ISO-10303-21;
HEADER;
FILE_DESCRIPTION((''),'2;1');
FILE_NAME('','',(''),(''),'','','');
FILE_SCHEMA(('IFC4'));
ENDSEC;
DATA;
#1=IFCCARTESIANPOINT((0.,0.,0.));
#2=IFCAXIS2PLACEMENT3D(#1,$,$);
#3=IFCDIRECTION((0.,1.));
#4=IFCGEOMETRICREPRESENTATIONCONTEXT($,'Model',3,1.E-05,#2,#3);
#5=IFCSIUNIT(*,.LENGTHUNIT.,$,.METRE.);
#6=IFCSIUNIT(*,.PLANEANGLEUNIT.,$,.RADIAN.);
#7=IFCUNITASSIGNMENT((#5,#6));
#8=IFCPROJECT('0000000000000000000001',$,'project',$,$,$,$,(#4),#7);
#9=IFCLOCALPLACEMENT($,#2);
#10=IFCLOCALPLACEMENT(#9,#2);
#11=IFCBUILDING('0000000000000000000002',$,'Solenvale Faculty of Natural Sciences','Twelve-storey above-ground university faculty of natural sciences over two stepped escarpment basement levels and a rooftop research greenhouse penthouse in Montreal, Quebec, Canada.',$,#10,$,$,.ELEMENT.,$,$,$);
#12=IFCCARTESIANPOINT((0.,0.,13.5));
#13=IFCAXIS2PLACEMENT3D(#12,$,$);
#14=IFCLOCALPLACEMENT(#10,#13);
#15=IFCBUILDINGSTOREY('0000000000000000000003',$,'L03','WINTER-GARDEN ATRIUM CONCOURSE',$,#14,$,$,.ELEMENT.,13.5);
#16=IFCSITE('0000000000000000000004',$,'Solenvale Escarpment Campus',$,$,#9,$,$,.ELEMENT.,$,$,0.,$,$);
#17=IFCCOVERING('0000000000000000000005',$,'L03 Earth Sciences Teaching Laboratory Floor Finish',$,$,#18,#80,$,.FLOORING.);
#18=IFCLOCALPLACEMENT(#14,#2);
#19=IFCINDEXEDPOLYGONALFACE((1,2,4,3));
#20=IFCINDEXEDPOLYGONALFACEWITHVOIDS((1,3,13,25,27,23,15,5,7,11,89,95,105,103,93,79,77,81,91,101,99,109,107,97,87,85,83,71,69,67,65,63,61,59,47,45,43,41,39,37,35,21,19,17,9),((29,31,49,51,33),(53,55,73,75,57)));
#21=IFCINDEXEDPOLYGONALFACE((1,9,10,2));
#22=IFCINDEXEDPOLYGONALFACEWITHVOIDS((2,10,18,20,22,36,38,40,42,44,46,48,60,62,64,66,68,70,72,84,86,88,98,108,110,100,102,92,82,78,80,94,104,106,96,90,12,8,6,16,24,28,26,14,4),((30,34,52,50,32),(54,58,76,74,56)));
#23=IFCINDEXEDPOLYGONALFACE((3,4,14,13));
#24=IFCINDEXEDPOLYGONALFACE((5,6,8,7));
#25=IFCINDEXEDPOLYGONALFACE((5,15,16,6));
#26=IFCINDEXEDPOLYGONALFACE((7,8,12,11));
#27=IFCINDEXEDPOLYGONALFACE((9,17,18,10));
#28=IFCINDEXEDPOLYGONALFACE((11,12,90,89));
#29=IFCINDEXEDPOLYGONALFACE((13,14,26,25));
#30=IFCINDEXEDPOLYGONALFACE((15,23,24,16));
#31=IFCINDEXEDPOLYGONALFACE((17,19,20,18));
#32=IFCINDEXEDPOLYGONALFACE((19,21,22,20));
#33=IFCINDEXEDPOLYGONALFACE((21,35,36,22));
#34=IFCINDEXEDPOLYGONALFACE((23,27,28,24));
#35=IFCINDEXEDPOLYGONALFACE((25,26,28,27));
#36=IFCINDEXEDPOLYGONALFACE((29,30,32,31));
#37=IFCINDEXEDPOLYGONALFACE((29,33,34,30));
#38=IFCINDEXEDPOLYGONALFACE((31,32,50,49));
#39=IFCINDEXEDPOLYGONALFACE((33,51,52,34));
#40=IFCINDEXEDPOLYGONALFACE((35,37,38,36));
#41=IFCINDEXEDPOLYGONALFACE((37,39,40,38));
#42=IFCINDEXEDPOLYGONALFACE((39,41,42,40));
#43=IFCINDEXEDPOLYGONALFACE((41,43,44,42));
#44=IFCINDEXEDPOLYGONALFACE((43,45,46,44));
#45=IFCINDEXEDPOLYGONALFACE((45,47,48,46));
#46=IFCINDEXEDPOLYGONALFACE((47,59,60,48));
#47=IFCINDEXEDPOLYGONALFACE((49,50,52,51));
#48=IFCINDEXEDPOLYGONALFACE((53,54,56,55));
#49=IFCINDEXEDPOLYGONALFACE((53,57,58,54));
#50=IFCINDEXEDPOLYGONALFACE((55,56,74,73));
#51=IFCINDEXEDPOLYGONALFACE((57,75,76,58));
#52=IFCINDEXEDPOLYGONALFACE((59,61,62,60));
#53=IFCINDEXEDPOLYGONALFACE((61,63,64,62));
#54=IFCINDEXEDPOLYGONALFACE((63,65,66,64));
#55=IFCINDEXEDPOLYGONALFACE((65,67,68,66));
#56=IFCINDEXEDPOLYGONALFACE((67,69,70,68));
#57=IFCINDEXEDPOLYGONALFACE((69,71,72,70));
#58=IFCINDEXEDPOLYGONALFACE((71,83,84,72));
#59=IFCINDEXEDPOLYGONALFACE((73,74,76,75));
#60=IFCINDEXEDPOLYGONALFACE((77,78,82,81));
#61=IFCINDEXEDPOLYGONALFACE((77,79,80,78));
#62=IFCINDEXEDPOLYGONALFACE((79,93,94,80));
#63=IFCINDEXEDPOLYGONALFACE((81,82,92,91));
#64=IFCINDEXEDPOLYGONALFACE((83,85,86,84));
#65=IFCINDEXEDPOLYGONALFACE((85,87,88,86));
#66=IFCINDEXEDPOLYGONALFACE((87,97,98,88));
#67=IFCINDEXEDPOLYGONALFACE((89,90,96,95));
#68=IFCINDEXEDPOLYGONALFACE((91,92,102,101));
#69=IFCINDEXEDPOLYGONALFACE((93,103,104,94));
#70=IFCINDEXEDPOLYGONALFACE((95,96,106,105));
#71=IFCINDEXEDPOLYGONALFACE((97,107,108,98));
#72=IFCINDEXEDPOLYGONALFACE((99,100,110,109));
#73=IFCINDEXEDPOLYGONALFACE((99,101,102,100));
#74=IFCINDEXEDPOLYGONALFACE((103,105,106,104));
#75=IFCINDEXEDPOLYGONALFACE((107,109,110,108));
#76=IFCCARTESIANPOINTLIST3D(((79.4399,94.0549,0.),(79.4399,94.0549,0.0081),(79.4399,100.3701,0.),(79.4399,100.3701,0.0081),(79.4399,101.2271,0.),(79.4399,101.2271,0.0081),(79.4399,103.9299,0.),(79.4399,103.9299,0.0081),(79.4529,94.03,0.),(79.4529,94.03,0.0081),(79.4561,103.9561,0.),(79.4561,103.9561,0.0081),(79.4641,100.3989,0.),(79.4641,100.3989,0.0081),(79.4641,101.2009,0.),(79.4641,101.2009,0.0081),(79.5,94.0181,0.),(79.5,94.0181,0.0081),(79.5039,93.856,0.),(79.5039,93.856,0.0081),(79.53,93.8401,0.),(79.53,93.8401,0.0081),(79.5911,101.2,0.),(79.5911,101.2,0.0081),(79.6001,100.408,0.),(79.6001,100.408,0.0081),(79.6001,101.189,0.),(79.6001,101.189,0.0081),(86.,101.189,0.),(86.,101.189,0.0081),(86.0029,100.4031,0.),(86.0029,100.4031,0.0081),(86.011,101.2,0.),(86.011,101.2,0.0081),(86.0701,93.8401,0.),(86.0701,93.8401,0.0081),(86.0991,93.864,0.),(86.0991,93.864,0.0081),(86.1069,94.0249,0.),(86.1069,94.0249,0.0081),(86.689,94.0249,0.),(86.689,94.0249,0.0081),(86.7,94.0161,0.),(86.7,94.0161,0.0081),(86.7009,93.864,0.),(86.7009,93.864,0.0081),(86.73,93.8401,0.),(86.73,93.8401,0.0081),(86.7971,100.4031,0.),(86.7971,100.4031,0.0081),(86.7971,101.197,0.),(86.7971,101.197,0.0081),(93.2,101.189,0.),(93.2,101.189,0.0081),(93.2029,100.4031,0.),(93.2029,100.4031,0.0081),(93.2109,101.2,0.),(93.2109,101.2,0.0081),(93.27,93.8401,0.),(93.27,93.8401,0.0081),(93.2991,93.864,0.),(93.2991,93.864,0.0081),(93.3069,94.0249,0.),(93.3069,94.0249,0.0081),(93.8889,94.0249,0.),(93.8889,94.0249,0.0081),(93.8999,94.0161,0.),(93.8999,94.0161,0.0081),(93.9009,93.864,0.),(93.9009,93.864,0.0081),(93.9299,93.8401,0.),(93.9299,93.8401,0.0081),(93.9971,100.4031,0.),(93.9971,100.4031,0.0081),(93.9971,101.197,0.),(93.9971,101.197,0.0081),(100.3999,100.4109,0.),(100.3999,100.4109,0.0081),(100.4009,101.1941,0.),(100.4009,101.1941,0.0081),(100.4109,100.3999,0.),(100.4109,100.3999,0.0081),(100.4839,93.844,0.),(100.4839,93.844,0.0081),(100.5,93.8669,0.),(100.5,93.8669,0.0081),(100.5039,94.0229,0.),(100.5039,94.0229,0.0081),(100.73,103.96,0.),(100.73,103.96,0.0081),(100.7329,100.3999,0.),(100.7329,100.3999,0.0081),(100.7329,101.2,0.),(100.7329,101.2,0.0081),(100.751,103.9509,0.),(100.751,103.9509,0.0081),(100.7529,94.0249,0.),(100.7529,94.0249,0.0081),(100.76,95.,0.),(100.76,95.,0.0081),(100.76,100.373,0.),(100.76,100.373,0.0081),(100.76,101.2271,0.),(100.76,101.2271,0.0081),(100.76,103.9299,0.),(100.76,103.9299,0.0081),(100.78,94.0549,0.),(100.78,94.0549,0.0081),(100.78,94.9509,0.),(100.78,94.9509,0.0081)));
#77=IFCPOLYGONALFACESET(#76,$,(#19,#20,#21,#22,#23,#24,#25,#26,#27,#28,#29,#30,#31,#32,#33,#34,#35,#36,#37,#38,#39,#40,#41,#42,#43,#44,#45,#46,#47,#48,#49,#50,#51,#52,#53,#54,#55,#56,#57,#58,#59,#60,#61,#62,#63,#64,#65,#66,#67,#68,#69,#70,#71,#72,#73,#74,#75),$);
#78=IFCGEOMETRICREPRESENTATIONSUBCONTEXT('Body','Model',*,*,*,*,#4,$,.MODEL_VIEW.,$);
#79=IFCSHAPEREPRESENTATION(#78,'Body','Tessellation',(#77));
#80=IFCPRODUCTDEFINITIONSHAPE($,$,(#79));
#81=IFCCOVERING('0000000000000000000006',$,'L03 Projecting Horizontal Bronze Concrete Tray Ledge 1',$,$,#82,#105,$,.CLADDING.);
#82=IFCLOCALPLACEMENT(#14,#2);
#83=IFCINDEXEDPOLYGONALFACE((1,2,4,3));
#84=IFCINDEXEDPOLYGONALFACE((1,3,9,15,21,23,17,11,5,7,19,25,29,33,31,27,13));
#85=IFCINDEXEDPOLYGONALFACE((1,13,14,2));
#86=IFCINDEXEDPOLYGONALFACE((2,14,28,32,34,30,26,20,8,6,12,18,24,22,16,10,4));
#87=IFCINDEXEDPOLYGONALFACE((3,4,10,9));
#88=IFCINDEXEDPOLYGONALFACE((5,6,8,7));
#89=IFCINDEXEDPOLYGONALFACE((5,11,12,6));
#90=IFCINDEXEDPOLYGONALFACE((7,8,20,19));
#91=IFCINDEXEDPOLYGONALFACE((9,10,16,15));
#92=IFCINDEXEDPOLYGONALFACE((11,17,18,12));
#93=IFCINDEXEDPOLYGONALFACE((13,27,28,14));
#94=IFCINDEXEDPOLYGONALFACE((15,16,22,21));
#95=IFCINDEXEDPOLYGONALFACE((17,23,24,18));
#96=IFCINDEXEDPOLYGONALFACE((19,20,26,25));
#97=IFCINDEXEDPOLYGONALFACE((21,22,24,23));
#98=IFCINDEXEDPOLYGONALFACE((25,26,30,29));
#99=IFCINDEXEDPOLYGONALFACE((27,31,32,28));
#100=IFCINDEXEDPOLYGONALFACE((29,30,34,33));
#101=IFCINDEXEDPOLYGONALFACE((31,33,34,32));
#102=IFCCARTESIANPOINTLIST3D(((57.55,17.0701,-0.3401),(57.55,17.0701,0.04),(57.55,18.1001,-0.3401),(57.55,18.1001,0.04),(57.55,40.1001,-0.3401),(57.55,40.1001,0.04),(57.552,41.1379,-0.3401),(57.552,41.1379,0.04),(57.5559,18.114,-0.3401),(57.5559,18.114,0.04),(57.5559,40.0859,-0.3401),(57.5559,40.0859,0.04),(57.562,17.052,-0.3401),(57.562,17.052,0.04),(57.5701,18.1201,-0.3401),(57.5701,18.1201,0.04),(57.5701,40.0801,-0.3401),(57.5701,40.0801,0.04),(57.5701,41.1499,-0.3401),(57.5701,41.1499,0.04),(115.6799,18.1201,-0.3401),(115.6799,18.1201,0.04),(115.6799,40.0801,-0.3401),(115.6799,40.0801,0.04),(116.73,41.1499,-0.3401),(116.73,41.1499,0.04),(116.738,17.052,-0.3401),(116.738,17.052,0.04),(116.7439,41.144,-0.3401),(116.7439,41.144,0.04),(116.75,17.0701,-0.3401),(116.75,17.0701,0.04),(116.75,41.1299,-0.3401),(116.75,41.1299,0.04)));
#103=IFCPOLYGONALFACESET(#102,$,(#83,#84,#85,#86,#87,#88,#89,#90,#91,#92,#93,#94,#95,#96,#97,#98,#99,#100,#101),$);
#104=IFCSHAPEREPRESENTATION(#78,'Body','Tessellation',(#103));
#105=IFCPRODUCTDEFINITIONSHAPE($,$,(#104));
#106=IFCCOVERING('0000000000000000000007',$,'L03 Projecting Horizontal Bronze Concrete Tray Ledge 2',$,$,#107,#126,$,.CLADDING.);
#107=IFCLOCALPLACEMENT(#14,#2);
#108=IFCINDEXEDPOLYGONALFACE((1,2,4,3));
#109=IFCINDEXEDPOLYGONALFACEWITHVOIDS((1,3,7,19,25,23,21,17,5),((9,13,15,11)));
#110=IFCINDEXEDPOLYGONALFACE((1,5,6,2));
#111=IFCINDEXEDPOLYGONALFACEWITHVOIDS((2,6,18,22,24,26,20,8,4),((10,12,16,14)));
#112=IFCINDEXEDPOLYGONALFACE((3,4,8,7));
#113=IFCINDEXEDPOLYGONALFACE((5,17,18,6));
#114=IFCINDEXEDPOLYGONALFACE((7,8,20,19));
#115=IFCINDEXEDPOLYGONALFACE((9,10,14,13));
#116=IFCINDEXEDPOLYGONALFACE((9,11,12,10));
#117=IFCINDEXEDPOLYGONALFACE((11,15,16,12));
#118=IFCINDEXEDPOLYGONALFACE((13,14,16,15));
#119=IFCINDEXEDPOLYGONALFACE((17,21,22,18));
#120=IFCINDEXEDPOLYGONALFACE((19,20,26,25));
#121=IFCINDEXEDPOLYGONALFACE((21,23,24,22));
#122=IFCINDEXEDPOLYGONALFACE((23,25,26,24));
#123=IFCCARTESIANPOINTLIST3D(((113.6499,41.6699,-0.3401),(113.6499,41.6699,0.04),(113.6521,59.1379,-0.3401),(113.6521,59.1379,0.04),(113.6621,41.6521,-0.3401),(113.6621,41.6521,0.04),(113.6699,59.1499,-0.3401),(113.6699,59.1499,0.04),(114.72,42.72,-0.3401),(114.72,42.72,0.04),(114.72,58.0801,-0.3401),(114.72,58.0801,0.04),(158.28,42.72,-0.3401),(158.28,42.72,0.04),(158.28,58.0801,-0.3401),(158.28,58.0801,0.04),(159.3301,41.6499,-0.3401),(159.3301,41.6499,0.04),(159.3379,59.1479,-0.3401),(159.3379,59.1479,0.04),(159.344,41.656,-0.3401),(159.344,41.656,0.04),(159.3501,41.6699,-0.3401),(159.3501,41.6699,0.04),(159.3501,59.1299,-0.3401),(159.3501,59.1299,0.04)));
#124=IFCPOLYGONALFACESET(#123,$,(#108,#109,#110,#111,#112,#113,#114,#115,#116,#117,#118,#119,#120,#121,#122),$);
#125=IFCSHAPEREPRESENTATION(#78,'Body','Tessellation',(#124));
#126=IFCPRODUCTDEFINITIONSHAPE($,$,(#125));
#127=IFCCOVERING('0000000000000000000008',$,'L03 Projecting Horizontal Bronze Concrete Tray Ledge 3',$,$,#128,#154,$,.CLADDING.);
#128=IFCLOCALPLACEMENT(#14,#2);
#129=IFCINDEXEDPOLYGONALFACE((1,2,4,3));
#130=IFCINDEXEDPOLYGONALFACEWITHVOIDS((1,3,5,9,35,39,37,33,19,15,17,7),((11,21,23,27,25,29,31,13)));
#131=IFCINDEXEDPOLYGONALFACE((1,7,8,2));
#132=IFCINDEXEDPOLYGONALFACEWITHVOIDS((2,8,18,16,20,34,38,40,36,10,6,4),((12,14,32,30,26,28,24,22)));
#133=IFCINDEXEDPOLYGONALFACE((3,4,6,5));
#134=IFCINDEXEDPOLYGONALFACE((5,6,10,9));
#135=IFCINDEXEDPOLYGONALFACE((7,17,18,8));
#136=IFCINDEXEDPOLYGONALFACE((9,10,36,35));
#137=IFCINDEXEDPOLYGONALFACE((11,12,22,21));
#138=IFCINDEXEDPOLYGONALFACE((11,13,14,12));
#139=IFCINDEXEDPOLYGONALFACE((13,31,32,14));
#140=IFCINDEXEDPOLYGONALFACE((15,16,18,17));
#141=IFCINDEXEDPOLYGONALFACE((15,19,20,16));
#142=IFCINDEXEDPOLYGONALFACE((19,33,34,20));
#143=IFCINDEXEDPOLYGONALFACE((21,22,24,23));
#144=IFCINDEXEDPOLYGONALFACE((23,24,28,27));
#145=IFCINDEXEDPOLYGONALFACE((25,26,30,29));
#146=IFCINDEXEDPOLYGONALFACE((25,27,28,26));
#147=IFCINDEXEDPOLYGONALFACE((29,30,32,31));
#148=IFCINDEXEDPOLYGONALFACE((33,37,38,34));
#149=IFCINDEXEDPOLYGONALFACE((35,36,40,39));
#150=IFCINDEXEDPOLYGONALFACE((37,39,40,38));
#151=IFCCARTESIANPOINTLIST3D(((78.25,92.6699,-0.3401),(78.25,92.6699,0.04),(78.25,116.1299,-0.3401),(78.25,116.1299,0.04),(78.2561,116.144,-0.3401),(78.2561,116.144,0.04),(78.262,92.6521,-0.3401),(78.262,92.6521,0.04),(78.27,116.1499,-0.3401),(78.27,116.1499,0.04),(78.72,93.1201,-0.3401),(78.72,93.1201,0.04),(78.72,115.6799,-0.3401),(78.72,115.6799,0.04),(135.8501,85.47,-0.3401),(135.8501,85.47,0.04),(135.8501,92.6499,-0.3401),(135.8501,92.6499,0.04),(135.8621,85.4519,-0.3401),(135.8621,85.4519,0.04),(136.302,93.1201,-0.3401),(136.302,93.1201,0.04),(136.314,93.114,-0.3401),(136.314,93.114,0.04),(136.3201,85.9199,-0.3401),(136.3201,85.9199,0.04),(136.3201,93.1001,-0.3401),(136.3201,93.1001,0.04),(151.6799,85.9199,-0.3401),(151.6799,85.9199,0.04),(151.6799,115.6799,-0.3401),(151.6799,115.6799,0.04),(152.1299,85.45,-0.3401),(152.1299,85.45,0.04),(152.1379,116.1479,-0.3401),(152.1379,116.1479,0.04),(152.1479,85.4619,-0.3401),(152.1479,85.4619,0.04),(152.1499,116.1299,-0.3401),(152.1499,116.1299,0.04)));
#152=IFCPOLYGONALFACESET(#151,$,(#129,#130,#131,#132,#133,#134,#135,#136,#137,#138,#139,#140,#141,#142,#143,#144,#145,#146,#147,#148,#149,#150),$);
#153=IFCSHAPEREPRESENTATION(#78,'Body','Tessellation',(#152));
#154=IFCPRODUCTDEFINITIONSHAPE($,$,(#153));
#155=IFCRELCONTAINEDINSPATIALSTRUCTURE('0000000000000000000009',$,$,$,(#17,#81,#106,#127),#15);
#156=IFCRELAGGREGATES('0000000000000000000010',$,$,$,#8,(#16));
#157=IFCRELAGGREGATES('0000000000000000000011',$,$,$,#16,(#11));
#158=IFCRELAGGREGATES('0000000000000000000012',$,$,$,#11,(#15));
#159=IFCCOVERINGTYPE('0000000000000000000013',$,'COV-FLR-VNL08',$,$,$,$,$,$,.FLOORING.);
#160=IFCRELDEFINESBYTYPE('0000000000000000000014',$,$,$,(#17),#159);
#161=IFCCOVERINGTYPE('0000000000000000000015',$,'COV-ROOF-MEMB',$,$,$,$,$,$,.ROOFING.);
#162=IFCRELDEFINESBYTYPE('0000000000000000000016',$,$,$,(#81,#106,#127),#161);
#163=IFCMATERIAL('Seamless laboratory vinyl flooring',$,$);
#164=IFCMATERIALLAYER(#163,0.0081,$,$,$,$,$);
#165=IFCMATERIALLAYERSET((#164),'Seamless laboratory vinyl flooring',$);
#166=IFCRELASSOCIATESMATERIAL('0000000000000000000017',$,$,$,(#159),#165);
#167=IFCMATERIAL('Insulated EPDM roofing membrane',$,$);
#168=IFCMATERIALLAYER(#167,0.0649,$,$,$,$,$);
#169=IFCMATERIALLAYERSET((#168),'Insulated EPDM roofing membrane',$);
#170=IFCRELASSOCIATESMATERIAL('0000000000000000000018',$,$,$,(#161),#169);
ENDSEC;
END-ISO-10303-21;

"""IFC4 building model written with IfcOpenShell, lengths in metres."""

from ifc_helpers import new_model, si_unit, direction, frame, origin, place, context, subcontext, project, spatial, polyline, outline, extrude, material, layer, layer_set, type_object, element, save


model = new_model("IFC4")

# Units and contexts
model_context = context("Model", 3, precision=1e-05, world=origin(), true_north=direction((0.0, 1.0)))
body_context = subcontext(model_context, "Body", "Model", "MODEL_VIEW")
ifc_project = project(units=[si_unit("LENGTHUNIT", "METRE"), si_unit("PLANEANGLEUNIT", "RADIAN")], contexts=[model_context])

# Site, building, storey
site_placement = place(None, origin())
site = spatial("IfcSite", under=ifc_project, at=site_placement, Name="Solenvale Escarpment Campus", CompositionType="ELEMENT", RefElevation=0.0)
building_placement = place(site_placement, origin())
building = spatial("IfcBuilding", under=site, at=building_placement, Name="Solenvale Faculty of Natural Sciences", Description="Twelve-storey above-ground university faculty of natural sciences over two stepped escarpment basement levels and a rooftop research greenhouse penthouse in Montreal, Quebec, Canada.", CompositionType="ELEMENT")
storey_placement = place(building_placement, frame((0.0, 0.0, 13.5)))
storey = spatial("IfcBuildingStorey", under=building, at=storey_placement, Name="L03", Description="WINTER-GARDEN ATRIUM CONCOURSE", CompositionType="ELEMENT", Elevation=13.5)

# Coverings
ifc_material_1 = material(Name="Seamless laboratory vinyl flooring")
ifc_layer_1 = layer(ifc_material_1, 0.0081)
ifc_layer_set_1 = layer_set([ifc_layer_1], Name="Seamless laboratory vinyl flooring")
covering_type_1 = type_object("IfcCoveringType", Name="COV-FLR-VNL08", PredefinedType="FLOORING", material=ifc_layer_set_1)
covering_1_placement = place(storey_placement, origin())
element("IfcCovering", 1, at=covering_1_placement, inside=storey, type_object=covering_type_1, Name="L03 Earth Sciences Teaching Laboratory Floor Finish", PredefinedType="FLOORING", context=body_context, shape_type="SweptSolid", body=[
    extrude(outline(polyline([(100.73, 103.96), (100.751, 103.9509), (100.76, 103.9299), (100.76, 101.2271), (100.7329, 101.2), (100.4009, 101.1941), (100.3999, 100.4109), (100.4109, 100.3999), (100.7329, 100.3999), (100.76, 100.373), (100.76, 95.0), (100.78, 94.9509), (100.78, 94.0549), (100.7529, 94.0249), (100.5039, 94.0229), (100.5, 93.8669), (100.4839, 93.844), (93.9299, 93.8401), (93.9009, 93.864), (93.8999, 94.0161), (93.8889, 94.0249), (93.3069, 94.0249), (93.2991, 93.864), (93.27, 93.8401), (86.73, 93.8401), (86.7009, 93.864), (86.7, 94.0161), (86.689, 94.0249), (86.1069, 94.0249), (86.0991, 93.864), (86.0701, 93.8401), (79.53, 93.8401), (79.5039, 93.856), (79.5, 94.0181), (79.4529, 94.03), (79.4399, 94.0549), (79.4399, 100.3701), (79.4641, 100.3989), (79.6001, 100.408), (79.6001, 101.189), (79.5911, 101.2), (79.4641, 101.2009), (79.4399, 101.2271), (79.4399, 103.9299), (79.4561, 103.9561), (100.73, 103.96)]), holes=[polyline([(93.2109, 101.2), (93.2, 101.189), (93.2029, 100.4031), (93.9971, 100.4031), (93.9971, 101.197), (93.2109, 101.2)]), polyline([(86.011, 101.2), (86.0, 101.189), (86.0029, 100.4031), (86.7971, 100.4031), (86.7971, 101.197), (86.011, 101.2)])]), origin(), (0.0, 0.0, 1.0), 0.0081),
])
ifc_material_2 = material(Name="Insulated EPDM roofing membrane")
ifc_layer_2 = layer(ifc_material_2, 0.0649)
ifc_layer_set_2 = layer_set([ifc_layer_2], Name="Insulated EPDM roofing membrane")
covering_type_2 = type_object("IfcCoveringType", Name="COV-ROOF-MEMB", PredefinedType="ROOFING", material=ifc_layer_set_2)
covering_2_placement = place(storey_placement, frame((0.0, 0.0, -0.3401)))
element("IfcCovering", 2, at=covering_2_placement, inside=storey, type_object=covering_type_2, Name="L03 Projecting Horizontal Bronze Concrete Tray Ledge 1", PredefinedType="CLADDING", context=body_context, shape_type="SweptSolid", body=[
    extrude(outline(polyline([(115.6799, 18.1201), (115.6799, 40.0801), (57.5701, 40.0801), (57.5559, 40.0859), (57.55, 40.1001), (57.552, 41.1379), (57.5701, 41.1499), (116.73, 41.1499), (116.7439, 41.144), (116.75, 41.1299), (116.75, 17.0701), (116.738, 17.052), (57.562, 17.052), (57.55, 17.0701), (57.55, 18.1001), (57.5559, 18.114), (57.5701, 18.1201), (115.6799, 18.1201)])), origin(), (0.0, 0.0, 1.0), 0.3801),
])
covering_3_placement = place(storey_placement, frame((0.0, 0.0, -0.3401)))
element("IfcCovering", 3, at=covering_3_placement, inside=storey, type_object=covering_type_2, Name="L03 Projecting Horizontal Bronze Concrete Tray Ledge 2", PredefinedType="CLADDING", context=body_context, shape_type="SweptSolid", body=[
    extrude(outline(polyline([(159.3501, 41.6699), (159.344, 41.656), (159.3301, 41.6499), (113.6621, 41.6521), (113.6499, 41.6699), (113.6521, 59.1379), (113.6699, 59.1499), (159.3379, 59.1479), (159.3501, 59.1299), (159.3501, 41.6699)]), holes=[polyline([(114.72, 42.72), (158.28, 42.72), (158.28, 58.0801), (114.72, 58.0801), (114.72, 42.72)])]), origin(), (0.0, 0.0, 1.0), 0.3801),
])
covering_4_placement = place(storey_placement, frame((0.0, 0.0, -0.3401)))
element("IfcCovering", 4, at=covering_4_placement, inside=storey, type_object=covering_type_2, Name="L03 Projecting Horizontal Bronze Concrete Tray Ledge 3", PredefinedType="CLADDING", context=body_context, shape_type="SweptSolid", body=[
    extrude(outline(polyline([(78.25, 116.1299), (78.2561, 116.144), (78.27, 116.1499), (152.1379, 116.1479), (152.1499, 116.1299), (152.1479, 85.4619), (152.1299, 85.45), (135.8621, 85.4519), (135.8501, 85.47), (135.8501, 92.6499), (78.262, 92.6521), (78.25, 92.6699), (78.25, 116.1299)]), holes=[polyline([(78.72, 93.1201), (136.302, 93.1201), (136.314, 93.114), (136.3201, 93.1001), (136.3201, 85.9199), (151.6799, 85.9199), (151.6799, 115.6799), (78.72, 115.6799), (78.72, 93.1201)])]), origin(), (0.0, 0.0, 1.0), 0.3801),
])

save(model, "model.ifc")
